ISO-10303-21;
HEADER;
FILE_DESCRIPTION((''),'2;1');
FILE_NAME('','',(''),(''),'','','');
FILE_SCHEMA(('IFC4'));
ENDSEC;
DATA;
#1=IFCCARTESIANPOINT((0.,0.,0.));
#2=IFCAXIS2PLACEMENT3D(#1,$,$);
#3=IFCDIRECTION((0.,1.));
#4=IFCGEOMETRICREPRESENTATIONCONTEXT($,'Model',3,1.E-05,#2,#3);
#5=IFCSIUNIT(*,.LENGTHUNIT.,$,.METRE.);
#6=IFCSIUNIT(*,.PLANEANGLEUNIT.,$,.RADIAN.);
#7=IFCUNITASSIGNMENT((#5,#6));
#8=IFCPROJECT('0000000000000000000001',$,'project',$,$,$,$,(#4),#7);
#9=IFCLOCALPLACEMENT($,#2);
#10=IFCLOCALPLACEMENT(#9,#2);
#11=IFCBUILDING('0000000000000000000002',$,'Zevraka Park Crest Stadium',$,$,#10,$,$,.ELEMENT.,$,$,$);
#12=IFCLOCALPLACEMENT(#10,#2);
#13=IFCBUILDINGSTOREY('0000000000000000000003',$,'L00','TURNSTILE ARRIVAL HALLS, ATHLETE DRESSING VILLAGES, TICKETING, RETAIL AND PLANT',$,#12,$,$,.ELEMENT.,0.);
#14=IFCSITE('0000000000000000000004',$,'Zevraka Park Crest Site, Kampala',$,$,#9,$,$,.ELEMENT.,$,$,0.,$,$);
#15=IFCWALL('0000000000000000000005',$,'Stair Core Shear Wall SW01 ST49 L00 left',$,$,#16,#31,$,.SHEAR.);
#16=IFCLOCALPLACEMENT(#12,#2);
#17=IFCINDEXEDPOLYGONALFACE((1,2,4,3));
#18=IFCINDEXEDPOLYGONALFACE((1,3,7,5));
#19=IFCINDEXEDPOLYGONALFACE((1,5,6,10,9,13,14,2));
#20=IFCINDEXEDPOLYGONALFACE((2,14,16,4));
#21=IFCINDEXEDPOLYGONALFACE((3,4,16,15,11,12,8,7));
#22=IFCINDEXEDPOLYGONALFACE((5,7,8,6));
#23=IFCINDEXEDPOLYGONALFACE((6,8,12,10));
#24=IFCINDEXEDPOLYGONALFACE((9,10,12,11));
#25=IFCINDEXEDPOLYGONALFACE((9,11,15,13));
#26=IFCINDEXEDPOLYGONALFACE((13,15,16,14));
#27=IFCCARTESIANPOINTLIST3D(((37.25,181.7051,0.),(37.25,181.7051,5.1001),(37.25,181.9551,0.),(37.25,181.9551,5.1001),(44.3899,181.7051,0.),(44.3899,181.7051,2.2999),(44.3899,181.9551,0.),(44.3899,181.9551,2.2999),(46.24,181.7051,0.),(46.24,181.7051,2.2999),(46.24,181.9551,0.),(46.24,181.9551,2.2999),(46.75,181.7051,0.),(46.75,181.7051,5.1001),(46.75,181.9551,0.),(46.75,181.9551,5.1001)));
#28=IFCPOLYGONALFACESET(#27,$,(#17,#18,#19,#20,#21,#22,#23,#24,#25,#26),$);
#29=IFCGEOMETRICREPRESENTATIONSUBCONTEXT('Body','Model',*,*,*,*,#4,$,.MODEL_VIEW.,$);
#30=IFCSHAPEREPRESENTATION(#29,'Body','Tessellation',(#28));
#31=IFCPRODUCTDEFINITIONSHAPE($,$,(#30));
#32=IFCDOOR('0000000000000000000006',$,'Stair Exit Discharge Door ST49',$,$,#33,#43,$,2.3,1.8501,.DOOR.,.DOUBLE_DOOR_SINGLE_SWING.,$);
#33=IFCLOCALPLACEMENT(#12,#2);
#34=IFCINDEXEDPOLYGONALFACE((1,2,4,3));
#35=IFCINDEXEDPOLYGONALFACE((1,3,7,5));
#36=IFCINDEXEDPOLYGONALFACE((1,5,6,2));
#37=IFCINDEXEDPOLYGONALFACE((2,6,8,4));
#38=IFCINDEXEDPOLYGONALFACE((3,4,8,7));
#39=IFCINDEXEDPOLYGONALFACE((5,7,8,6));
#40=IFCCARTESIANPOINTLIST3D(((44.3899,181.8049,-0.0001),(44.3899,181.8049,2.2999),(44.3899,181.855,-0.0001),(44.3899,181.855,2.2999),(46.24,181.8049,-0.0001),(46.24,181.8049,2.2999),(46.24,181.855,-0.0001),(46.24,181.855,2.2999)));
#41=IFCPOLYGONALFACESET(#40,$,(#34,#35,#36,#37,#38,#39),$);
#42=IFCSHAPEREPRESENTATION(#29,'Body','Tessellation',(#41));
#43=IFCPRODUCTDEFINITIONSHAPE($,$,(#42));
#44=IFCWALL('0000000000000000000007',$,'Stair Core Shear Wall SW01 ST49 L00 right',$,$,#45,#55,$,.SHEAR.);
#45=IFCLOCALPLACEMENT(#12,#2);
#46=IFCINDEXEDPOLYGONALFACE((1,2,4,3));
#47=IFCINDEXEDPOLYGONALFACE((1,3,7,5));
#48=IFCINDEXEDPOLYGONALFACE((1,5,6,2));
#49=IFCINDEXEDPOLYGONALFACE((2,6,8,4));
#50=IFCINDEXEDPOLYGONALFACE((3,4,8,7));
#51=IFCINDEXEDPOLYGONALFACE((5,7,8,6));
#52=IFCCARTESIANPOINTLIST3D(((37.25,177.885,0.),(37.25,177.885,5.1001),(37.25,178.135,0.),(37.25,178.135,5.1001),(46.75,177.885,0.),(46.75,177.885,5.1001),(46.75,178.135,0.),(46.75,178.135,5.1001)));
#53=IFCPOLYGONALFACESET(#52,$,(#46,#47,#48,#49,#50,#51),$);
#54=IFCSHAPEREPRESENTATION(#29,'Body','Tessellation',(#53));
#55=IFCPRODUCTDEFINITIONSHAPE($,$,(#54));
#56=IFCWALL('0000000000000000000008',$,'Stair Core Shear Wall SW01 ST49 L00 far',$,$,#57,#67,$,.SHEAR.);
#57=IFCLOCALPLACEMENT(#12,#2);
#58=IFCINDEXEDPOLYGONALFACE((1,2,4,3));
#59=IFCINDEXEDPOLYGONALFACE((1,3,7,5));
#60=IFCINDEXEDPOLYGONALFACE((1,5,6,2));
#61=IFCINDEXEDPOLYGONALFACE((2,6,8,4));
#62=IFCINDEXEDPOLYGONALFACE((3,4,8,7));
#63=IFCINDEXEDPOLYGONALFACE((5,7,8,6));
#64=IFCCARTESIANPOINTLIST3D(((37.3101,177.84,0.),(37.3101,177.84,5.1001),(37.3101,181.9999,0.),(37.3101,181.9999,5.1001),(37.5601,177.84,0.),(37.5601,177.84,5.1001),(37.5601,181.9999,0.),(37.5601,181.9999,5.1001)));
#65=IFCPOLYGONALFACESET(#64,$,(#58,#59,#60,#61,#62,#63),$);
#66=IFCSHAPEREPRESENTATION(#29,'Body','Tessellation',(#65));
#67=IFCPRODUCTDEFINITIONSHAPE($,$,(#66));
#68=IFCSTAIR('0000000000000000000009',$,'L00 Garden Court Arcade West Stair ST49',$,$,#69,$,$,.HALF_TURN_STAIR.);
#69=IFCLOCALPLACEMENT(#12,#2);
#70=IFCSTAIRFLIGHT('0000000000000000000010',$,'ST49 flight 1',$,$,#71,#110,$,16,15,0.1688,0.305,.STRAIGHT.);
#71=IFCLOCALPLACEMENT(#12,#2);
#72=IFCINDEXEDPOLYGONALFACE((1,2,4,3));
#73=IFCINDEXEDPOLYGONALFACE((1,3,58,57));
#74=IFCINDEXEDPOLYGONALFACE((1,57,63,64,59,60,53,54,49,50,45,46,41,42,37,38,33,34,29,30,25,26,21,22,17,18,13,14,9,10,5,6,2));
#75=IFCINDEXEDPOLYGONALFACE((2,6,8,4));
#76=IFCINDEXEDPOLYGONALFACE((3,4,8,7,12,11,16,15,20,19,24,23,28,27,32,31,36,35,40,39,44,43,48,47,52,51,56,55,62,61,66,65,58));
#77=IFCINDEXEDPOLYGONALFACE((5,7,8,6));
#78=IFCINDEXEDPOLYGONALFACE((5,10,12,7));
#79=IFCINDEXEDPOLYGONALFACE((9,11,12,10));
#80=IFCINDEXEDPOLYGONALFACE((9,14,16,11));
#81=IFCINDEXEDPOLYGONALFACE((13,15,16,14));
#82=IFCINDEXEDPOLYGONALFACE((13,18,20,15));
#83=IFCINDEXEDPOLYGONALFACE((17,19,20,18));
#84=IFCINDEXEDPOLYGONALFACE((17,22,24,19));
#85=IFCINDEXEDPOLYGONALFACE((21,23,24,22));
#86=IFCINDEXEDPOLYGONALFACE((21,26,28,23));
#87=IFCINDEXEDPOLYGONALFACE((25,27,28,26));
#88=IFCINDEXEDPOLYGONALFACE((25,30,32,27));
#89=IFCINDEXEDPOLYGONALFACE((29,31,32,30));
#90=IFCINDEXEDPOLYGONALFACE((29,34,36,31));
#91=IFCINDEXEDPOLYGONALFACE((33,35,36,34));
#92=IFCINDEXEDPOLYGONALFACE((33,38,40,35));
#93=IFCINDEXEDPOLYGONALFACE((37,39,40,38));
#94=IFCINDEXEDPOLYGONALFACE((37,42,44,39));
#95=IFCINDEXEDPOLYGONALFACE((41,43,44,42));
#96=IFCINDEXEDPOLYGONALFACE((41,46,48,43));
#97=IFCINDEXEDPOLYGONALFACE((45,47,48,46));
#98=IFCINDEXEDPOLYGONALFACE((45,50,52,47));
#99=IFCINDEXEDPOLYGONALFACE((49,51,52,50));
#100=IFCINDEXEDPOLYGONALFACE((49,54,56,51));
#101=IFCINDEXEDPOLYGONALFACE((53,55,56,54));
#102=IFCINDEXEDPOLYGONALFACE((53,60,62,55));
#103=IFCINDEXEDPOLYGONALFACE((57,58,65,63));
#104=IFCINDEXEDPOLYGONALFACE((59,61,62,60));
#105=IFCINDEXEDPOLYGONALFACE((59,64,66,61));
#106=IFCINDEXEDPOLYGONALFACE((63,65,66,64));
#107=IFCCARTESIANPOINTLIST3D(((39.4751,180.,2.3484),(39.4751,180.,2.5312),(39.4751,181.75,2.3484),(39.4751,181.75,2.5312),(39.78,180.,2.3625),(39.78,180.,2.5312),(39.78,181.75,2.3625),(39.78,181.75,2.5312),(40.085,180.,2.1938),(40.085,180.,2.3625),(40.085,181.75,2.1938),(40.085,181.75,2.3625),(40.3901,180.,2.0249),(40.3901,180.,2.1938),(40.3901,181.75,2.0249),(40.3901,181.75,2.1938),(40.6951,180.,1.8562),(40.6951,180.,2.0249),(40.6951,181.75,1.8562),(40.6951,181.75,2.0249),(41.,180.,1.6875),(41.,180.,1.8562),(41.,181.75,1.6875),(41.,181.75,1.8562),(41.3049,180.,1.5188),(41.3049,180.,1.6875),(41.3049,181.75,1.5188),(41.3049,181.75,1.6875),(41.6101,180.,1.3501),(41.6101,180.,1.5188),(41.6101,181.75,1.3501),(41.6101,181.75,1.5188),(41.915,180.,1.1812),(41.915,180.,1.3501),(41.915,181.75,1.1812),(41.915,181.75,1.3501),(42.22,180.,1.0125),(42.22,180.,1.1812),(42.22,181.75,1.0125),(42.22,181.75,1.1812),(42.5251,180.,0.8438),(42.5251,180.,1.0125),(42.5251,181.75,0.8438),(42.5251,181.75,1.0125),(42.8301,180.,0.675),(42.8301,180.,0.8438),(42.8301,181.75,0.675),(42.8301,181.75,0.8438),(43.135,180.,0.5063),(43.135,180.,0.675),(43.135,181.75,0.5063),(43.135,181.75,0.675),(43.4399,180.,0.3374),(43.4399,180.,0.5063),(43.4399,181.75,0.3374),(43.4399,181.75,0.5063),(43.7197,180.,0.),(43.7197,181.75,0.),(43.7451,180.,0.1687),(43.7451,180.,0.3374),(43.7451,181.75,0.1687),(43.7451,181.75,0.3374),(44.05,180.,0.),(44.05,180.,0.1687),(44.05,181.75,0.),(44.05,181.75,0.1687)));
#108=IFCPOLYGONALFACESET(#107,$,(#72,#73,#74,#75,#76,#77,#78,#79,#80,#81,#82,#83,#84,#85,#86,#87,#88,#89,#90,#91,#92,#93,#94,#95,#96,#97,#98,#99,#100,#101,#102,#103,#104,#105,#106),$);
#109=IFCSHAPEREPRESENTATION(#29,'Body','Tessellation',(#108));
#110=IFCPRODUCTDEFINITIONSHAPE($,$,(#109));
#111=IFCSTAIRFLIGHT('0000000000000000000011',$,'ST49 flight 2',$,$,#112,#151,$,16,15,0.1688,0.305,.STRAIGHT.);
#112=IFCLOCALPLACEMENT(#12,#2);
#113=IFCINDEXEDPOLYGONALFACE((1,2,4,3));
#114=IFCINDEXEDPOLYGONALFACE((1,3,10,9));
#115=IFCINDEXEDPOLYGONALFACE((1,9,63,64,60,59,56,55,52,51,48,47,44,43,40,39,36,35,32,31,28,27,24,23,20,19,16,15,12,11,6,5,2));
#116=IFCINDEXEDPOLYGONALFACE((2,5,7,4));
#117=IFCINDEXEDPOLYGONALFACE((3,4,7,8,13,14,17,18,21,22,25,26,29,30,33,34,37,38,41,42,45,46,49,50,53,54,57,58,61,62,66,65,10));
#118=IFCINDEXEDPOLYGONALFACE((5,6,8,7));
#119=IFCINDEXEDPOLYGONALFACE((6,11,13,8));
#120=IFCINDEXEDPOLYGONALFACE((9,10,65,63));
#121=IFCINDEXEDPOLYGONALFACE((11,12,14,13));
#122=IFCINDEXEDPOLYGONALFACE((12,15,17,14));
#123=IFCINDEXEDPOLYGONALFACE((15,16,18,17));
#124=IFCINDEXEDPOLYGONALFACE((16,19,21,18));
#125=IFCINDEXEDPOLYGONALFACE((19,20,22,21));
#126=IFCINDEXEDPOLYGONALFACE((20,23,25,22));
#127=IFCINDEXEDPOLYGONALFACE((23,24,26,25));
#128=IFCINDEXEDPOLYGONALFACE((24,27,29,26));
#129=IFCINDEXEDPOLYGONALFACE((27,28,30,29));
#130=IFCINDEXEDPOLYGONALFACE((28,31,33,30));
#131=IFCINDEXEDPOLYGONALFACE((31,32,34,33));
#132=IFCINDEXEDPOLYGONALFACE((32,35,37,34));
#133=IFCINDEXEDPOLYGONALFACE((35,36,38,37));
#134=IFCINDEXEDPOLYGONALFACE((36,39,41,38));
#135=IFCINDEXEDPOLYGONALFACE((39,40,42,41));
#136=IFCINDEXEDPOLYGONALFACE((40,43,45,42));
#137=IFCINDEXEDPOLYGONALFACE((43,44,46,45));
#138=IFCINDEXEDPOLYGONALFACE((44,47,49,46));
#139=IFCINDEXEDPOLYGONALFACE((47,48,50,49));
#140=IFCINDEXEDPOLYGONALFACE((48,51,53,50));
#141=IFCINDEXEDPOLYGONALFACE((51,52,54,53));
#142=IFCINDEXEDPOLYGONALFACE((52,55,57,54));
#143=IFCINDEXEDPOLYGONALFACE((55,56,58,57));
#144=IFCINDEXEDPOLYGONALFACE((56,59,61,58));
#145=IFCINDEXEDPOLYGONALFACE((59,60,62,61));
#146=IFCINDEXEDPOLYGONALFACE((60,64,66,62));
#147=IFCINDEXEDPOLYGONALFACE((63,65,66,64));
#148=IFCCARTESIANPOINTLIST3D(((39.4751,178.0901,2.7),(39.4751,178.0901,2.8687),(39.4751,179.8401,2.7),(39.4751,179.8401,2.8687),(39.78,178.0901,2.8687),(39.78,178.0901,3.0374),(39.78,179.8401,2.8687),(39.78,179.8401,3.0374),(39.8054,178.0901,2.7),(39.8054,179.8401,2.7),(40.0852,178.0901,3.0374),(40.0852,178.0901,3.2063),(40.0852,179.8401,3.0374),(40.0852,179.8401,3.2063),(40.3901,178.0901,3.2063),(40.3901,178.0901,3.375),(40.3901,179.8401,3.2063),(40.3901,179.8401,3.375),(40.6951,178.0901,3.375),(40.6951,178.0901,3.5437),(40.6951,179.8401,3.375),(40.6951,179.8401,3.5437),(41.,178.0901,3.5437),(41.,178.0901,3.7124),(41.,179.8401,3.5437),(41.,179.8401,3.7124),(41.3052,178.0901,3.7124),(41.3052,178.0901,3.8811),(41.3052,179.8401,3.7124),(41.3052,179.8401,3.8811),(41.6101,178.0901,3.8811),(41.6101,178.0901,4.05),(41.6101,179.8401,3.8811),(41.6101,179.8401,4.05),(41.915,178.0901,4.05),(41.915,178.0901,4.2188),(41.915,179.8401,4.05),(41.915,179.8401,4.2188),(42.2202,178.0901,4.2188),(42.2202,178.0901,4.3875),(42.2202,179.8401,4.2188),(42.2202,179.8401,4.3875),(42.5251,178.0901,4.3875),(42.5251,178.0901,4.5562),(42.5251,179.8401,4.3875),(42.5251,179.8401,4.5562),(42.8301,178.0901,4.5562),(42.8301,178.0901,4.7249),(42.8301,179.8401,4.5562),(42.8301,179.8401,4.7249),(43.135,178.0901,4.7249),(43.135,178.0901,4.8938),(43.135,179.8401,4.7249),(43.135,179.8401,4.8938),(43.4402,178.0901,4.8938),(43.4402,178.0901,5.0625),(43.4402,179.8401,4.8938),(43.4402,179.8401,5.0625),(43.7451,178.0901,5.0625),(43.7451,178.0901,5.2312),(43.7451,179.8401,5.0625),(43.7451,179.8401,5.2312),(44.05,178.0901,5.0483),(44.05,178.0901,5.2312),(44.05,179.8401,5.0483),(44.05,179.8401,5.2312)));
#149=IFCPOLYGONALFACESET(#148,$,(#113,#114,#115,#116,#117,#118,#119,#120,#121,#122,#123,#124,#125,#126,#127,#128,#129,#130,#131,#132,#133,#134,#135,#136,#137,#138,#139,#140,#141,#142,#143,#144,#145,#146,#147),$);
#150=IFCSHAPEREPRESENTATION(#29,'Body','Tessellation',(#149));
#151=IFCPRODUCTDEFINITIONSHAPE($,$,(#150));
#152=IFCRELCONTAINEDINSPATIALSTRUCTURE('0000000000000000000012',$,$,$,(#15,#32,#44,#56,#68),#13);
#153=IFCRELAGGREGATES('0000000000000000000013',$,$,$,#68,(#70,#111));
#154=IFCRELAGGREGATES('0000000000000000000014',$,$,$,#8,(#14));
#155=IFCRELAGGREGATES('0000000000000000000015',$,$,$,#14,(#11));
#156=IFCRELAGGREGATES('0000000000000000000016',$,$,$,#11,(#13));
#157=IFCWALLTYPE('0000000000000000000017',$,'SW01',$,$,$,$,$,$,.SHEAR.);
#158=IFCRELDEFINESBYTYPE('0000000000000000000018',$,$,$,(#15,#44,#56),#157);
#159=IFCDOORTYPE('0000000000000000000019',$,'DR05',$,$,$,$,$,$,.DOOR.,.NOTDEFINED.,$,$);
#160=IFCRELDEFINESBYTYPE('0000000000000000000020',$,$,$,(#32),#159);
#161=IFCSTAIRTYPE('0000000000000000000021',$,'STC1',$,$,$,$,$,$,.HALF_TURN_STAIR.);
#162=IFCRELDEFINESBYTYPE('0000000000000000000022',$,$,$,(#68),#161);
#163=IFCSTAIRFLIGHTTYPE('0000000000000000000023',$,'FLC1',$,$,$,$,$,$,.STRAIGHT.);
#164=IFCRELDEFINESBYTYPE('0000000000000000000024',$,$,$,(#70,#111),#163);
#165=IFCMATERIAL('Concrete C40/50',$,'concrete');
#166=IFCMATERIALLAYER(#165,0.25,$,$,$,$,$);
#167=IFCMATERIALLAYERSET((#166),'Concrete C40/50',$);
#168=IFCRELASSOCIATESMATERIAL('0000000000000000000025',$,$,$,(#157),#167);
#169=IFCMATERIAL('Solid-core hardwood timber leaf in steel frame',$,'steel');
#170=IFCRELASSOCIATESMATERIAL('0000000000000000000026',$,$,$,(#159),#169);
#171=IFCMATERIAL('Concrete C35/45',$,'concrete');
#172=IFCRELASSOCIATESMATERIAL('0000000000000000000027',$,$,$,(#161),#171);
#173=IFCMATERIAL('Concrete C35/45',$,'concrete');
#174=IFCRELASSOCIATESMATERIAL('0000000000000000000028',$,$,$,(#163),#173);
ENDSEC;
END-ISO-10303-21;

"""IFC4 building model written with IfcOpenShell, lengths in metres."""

from ifc_helpers import new_model, si_unit, direction, frame, frame_2d, origin, place, context, subcontext, project, spatial, polyline, rectangle, outline, extrude, material, layer, layer_set, type_object, element, fill, aggregate, save


model = new_model("IFC4")

# Units and contexts
model_context = context("Model", 3, precision=1e-05, world=origin(), true_north=direction((0.0, 1.0)))
body_context = subcontext(model_context, "Body", "Model", "MODEL_VIEW")
ifc_project = project(units=[si_unit("LENGTHUNIT", "METRE"), si_unit("PLANEANGLEUNIT", "RADIAN")], contexts=[model_context])

# Site, building, storey
site_placement = place(None, origin())
site = spatial("IfcSite", under=ifc_project, at=site_placement, Name="Zevraka Park Crest Site, Kampala", CompositionType="ELEMENT", RefElevation=0.0)
building_placement = place(site_placement, origin())
building = spatial("IfcBuilding", under=site, at=building_placement, Name="Zevraka Park Crest Stadium", CompositionType="ELEMENT")
storey_placement = place(building_placement, origin())
storey = spatial("IfcBuildingStorey", under=building, at=storey_placement, Name="L00", Description="TURNSTILE ARRIVAL HALLS, ATHLETE DRESSING VILLAGES, TICKETING, RETAIL AND PLANT", CompositionType="ELEMENT", Elevation=0.0)

# Wall, opening, door
ifc_material_1 = material(Name="Concrete C40/50", Category="concrete")
ifc_layer_1 = layer(ifc_material_1, 0.25)
ifc_layer_set_1 = layer_set([ifc_layer_1], Name="Concrete C40/50")
wall_type_1 = type_object("IfcWallType", Name="SW01", PredefinedType="SHEAR", material=ifc_layer_set_1)
wall_1_placement = place(storey_placement, frame((37.25, 181.8301, 0.0), z_axis=(0.0, 0.0, 1.0), x_axis=(1.0, 0.0, 0.0)))
wall_1 = element("IfcWall", 1, at=wall_1_placement, inside=storey, type_object=wall_type_1, Name="Stair Core Shear Wall SW01 ST49 L00 left", PredefinedType="SHEAR", context=body_context, shape_type="SweptSolid", body=[
    extrude(rectangle(XDim=9.5, YDim=0.25, at=frame_2d((4.75, 0.0))), origin(), (0.0, 0.0, 1.0), 5.1001),
])
opening_1_placement = place(wall_1_placement, frame((7.1399, 0.0, 0.0)))
opening_1 = element("IfcOpeningElement", 2, at=opening_1_placement, cuts=wall_1, PredefinedType="OPENING", context=body_context, shape_type="SweptSolid", body=[
    extrude(rectangle(XDim=1.8501, YDim=2.3, at=frame_2d((0.925, 1.1499))), frame((0.0, 0.135, 0.0), z_axis=(0.0, -1.0, 0.0), x_axis=(1.0, 0.0, 0.0)), (0.0, 0.0, 1.0), 0.27),
])
ifc_material_2 = material(Name="Solid-core hardwood timber leaf in steel frame", Category="steel")
door_type_1 = type_object("IfcDoorType", Name="DR05", OperationType="NOTDEFINED", PredefinedType="DOOR", material=ifc_material_2)
door_1_placement = place(opening_1_placement, origin())
door_1 = element("IfcDoor", 3, at=door_1_placement, inside=storey, type_object=door_type_1, Name="Stair Exit Discharge Door ST49", OperationType="DOUBLE_DOOR_SINGLE_SWING", OverallHeight=2.3, OverallWidth=1.8501, PredefinedType="DOOR", context=body_context, shape_type="SweptSolid", body=[
    extrude(rectangle(XDim=1.8501, YDim=2.3, at=frame_2d((0.925, 1.1499))), frame((0.0, 0.0249, 0.0), z_axis=(0.0, -1.0, 0.0), x_axis=(1.0, 0.0, 0.0)), (0.0, 0.0, 1.0), 0.05),
])
fill(opening_1, door_1)

# Walls
wall_2_placement = place(storey_placement, frame((37.25, 178.01, 0.0), z_axis=(0.0, 0.0, 1.0), x_axis=(1.0, 0.0, 0.0)))
element("IfcWall", 4, at=wall_2_placement, inside=storey, type_object=wall_type_1, Name="Stair Core Shear Wall SW01 ST49 L00 right", PredefinedType="SHEAR", context=body_context, shape_type="SweptSolid", body=[
    extrude(rectangle(XDim=9.5, YDim=0.25, at=frame_2d((4.75, 0.0))), origin(), (0.0, 0.0, 1.0), 5.1001),
])
wall_3_placement = place(storey_placement, frame((37.4351, 182.0, 0.0), z_axis=(0.0, 0.0, 1.0), x_axis=(0.0, -1.0, 0.0)))
element("IfcWall", 5, at=wall_3_placement, inside=storey, type_object=wall_type_1, Name="Stair Core Shear Wall SW01 ST49 L00 far", PredefinedType="SHEAR", context=body_context, shape_type="SweptSolid", body=[
    extrude(rectangle(XDim=4.1599, YDim=0.25, at=frame_2d((2.0801, 0.0))), origin(), (0.0, 0.0, 1.0), 5.1001),
])

# Stair, stair flights
ifc_material_3 = material(Name="Concrete C35/45", Category="concrete")
stair_type = type_object("IfcStairType", Name="STC1", PredefinedType="HALF_TURN_STAIR", material=ifc_material_3)
stair_placement = place(storey_placement, origin())
stair = element("IfcStair", 6, at=stair_placement, inside=storey, type_object=stair_type, Name="L00 Garden Court Arcade West Stair ST49", PredefinedType="HALF_TURN_STAIR")
ifc_material_4 = material(Name="Concrete C35/45", Category="concrete")
stair_flight_type = type_object("IfcStairFlightType", Name="FLC1", PredefinedType="STRAIGHT", material=ifc_material_4)
stair_flight_1_placement = place(storey_placement, frame((44.05, 180.875, 0.0), z_axis=(0.0, 0.0, 1.0), x_axis=(-1.0, 0.0, 0.0)))
stair_flight_1 = element("IfcStairFlight", 7, at=stair_flight_1_placement, type_object=stair_flight_type, Name="ST49 flight 1", NumberOfRisers=16, NumberOfTreads=15, PredefinedType="STRAIGHT", RiserHeight=0.1688, TreadLength=0.305, context=body_context, shape_type="SweptSolid", body=[
    extrude(outline(polyline([(0.0, 0.0), (0.0, 0.1687), (0.3049, 0.1687), (0.3049, 0.3374), (0.6101, 0.3374), (0.6101, 0.5063), (0.915, 0.5063), (0.915, 0.675), (1.22, 0.675), (1.22, 0.8438), (1.5249, 0.8438), (1.5249, 1.0125), (1.8301, 1.0125), (1.8301, 1.1812), (2.135, 1.1812), (2.135, 1.3501), (2.4399, 1.3501), (2.4399, 1.5188), (2.7451, 1.5188), (2.7451, 1.6875), (3.05, 1.6875), (3.05, 1.8562), (3.355, 1.8562), (3.355, 2.0249), (3.6599, 2.0249), (3.6599, 2.1938), (3.9651, 2.1938), (3.9651, 2.3625), (4.27, 2.3625), (4.27, 2.5312), (4.575, 2.5312), (4.575, 2.7), (4.575, 2.3484), (0.3303, 0.0), (0.0, 0.0)])), frame((0.0, 0.875, 0.0), z_axis=(0.0, -1.0, 0.0), x_axis=(1.0, 0.0, 0.0)), (0.0, 0.0, 1.0), 1.75),
])
stair_flight_2_placement = place(storey_placement, frame((39.4751, 178.9651, 2.7), z_axis=(0.0, 0.0, 1.0), x_axis=(1.0, 0.0, 0.0)))
stair_flight_2 = element("IfcStairFlight", 8, at=stair_flight_2_placement, type_object=stair_flight_type, Name="ST49 flight 2", NumberOfRisers=16, NumberOfTreads=15, PredefinedType="STRAIGHT", RiserHeight=0.1688, TreadLength=0.305, context=body_context, shape_type="SweptSolid", body=[
    extrude(outline(polyline([(0.0, 0.0), (0.0, 0.1687), (0.3049, 0.1687), (0.3049, 0.3374), (0.6101, 0.3374), (0.6101, 0.5063), (0.915, 0.5063), (0.915, 0.675), (1.22, 0.675), (1.22, 0.8438), (1.5249, 0.8438), (1.5249, 1.0125), (1.8301, 1.0125), (1.8301, 1.1812), (2.135, 1.1812), (2.135, 1.3501), (2.4399, 1.3501), (2.4399, 1.5188), (2.7451, 1.5188), (2.7451, 1.6875), (3.05, 1.6875), (3.05, 1.8562), (3.355, 1.8562), (3.355, 2.0249), (3.6599, 2.0249), (3.6599, 2.1938), (3.9651, 2.1938), (3.9651, 2.3625), (4.27, 2.3625), (4.27, 2.5312), (4.575, 2.5312), (4.575, 2.7), (4.575, 2.3484), (0.3303, 0.0), (0.0, 0.0)])), frame((0.0, 0.875, 0.0), z_axis=(0.0, -1.0, 0.0), x_axis=(1.0, 0.0, 0.0)), (0.0, 0.0, 1.0), 1.75),
])
aggregate(stair, [stair_flight_1, stair_flight_2])

save(model, "model.ifc")
